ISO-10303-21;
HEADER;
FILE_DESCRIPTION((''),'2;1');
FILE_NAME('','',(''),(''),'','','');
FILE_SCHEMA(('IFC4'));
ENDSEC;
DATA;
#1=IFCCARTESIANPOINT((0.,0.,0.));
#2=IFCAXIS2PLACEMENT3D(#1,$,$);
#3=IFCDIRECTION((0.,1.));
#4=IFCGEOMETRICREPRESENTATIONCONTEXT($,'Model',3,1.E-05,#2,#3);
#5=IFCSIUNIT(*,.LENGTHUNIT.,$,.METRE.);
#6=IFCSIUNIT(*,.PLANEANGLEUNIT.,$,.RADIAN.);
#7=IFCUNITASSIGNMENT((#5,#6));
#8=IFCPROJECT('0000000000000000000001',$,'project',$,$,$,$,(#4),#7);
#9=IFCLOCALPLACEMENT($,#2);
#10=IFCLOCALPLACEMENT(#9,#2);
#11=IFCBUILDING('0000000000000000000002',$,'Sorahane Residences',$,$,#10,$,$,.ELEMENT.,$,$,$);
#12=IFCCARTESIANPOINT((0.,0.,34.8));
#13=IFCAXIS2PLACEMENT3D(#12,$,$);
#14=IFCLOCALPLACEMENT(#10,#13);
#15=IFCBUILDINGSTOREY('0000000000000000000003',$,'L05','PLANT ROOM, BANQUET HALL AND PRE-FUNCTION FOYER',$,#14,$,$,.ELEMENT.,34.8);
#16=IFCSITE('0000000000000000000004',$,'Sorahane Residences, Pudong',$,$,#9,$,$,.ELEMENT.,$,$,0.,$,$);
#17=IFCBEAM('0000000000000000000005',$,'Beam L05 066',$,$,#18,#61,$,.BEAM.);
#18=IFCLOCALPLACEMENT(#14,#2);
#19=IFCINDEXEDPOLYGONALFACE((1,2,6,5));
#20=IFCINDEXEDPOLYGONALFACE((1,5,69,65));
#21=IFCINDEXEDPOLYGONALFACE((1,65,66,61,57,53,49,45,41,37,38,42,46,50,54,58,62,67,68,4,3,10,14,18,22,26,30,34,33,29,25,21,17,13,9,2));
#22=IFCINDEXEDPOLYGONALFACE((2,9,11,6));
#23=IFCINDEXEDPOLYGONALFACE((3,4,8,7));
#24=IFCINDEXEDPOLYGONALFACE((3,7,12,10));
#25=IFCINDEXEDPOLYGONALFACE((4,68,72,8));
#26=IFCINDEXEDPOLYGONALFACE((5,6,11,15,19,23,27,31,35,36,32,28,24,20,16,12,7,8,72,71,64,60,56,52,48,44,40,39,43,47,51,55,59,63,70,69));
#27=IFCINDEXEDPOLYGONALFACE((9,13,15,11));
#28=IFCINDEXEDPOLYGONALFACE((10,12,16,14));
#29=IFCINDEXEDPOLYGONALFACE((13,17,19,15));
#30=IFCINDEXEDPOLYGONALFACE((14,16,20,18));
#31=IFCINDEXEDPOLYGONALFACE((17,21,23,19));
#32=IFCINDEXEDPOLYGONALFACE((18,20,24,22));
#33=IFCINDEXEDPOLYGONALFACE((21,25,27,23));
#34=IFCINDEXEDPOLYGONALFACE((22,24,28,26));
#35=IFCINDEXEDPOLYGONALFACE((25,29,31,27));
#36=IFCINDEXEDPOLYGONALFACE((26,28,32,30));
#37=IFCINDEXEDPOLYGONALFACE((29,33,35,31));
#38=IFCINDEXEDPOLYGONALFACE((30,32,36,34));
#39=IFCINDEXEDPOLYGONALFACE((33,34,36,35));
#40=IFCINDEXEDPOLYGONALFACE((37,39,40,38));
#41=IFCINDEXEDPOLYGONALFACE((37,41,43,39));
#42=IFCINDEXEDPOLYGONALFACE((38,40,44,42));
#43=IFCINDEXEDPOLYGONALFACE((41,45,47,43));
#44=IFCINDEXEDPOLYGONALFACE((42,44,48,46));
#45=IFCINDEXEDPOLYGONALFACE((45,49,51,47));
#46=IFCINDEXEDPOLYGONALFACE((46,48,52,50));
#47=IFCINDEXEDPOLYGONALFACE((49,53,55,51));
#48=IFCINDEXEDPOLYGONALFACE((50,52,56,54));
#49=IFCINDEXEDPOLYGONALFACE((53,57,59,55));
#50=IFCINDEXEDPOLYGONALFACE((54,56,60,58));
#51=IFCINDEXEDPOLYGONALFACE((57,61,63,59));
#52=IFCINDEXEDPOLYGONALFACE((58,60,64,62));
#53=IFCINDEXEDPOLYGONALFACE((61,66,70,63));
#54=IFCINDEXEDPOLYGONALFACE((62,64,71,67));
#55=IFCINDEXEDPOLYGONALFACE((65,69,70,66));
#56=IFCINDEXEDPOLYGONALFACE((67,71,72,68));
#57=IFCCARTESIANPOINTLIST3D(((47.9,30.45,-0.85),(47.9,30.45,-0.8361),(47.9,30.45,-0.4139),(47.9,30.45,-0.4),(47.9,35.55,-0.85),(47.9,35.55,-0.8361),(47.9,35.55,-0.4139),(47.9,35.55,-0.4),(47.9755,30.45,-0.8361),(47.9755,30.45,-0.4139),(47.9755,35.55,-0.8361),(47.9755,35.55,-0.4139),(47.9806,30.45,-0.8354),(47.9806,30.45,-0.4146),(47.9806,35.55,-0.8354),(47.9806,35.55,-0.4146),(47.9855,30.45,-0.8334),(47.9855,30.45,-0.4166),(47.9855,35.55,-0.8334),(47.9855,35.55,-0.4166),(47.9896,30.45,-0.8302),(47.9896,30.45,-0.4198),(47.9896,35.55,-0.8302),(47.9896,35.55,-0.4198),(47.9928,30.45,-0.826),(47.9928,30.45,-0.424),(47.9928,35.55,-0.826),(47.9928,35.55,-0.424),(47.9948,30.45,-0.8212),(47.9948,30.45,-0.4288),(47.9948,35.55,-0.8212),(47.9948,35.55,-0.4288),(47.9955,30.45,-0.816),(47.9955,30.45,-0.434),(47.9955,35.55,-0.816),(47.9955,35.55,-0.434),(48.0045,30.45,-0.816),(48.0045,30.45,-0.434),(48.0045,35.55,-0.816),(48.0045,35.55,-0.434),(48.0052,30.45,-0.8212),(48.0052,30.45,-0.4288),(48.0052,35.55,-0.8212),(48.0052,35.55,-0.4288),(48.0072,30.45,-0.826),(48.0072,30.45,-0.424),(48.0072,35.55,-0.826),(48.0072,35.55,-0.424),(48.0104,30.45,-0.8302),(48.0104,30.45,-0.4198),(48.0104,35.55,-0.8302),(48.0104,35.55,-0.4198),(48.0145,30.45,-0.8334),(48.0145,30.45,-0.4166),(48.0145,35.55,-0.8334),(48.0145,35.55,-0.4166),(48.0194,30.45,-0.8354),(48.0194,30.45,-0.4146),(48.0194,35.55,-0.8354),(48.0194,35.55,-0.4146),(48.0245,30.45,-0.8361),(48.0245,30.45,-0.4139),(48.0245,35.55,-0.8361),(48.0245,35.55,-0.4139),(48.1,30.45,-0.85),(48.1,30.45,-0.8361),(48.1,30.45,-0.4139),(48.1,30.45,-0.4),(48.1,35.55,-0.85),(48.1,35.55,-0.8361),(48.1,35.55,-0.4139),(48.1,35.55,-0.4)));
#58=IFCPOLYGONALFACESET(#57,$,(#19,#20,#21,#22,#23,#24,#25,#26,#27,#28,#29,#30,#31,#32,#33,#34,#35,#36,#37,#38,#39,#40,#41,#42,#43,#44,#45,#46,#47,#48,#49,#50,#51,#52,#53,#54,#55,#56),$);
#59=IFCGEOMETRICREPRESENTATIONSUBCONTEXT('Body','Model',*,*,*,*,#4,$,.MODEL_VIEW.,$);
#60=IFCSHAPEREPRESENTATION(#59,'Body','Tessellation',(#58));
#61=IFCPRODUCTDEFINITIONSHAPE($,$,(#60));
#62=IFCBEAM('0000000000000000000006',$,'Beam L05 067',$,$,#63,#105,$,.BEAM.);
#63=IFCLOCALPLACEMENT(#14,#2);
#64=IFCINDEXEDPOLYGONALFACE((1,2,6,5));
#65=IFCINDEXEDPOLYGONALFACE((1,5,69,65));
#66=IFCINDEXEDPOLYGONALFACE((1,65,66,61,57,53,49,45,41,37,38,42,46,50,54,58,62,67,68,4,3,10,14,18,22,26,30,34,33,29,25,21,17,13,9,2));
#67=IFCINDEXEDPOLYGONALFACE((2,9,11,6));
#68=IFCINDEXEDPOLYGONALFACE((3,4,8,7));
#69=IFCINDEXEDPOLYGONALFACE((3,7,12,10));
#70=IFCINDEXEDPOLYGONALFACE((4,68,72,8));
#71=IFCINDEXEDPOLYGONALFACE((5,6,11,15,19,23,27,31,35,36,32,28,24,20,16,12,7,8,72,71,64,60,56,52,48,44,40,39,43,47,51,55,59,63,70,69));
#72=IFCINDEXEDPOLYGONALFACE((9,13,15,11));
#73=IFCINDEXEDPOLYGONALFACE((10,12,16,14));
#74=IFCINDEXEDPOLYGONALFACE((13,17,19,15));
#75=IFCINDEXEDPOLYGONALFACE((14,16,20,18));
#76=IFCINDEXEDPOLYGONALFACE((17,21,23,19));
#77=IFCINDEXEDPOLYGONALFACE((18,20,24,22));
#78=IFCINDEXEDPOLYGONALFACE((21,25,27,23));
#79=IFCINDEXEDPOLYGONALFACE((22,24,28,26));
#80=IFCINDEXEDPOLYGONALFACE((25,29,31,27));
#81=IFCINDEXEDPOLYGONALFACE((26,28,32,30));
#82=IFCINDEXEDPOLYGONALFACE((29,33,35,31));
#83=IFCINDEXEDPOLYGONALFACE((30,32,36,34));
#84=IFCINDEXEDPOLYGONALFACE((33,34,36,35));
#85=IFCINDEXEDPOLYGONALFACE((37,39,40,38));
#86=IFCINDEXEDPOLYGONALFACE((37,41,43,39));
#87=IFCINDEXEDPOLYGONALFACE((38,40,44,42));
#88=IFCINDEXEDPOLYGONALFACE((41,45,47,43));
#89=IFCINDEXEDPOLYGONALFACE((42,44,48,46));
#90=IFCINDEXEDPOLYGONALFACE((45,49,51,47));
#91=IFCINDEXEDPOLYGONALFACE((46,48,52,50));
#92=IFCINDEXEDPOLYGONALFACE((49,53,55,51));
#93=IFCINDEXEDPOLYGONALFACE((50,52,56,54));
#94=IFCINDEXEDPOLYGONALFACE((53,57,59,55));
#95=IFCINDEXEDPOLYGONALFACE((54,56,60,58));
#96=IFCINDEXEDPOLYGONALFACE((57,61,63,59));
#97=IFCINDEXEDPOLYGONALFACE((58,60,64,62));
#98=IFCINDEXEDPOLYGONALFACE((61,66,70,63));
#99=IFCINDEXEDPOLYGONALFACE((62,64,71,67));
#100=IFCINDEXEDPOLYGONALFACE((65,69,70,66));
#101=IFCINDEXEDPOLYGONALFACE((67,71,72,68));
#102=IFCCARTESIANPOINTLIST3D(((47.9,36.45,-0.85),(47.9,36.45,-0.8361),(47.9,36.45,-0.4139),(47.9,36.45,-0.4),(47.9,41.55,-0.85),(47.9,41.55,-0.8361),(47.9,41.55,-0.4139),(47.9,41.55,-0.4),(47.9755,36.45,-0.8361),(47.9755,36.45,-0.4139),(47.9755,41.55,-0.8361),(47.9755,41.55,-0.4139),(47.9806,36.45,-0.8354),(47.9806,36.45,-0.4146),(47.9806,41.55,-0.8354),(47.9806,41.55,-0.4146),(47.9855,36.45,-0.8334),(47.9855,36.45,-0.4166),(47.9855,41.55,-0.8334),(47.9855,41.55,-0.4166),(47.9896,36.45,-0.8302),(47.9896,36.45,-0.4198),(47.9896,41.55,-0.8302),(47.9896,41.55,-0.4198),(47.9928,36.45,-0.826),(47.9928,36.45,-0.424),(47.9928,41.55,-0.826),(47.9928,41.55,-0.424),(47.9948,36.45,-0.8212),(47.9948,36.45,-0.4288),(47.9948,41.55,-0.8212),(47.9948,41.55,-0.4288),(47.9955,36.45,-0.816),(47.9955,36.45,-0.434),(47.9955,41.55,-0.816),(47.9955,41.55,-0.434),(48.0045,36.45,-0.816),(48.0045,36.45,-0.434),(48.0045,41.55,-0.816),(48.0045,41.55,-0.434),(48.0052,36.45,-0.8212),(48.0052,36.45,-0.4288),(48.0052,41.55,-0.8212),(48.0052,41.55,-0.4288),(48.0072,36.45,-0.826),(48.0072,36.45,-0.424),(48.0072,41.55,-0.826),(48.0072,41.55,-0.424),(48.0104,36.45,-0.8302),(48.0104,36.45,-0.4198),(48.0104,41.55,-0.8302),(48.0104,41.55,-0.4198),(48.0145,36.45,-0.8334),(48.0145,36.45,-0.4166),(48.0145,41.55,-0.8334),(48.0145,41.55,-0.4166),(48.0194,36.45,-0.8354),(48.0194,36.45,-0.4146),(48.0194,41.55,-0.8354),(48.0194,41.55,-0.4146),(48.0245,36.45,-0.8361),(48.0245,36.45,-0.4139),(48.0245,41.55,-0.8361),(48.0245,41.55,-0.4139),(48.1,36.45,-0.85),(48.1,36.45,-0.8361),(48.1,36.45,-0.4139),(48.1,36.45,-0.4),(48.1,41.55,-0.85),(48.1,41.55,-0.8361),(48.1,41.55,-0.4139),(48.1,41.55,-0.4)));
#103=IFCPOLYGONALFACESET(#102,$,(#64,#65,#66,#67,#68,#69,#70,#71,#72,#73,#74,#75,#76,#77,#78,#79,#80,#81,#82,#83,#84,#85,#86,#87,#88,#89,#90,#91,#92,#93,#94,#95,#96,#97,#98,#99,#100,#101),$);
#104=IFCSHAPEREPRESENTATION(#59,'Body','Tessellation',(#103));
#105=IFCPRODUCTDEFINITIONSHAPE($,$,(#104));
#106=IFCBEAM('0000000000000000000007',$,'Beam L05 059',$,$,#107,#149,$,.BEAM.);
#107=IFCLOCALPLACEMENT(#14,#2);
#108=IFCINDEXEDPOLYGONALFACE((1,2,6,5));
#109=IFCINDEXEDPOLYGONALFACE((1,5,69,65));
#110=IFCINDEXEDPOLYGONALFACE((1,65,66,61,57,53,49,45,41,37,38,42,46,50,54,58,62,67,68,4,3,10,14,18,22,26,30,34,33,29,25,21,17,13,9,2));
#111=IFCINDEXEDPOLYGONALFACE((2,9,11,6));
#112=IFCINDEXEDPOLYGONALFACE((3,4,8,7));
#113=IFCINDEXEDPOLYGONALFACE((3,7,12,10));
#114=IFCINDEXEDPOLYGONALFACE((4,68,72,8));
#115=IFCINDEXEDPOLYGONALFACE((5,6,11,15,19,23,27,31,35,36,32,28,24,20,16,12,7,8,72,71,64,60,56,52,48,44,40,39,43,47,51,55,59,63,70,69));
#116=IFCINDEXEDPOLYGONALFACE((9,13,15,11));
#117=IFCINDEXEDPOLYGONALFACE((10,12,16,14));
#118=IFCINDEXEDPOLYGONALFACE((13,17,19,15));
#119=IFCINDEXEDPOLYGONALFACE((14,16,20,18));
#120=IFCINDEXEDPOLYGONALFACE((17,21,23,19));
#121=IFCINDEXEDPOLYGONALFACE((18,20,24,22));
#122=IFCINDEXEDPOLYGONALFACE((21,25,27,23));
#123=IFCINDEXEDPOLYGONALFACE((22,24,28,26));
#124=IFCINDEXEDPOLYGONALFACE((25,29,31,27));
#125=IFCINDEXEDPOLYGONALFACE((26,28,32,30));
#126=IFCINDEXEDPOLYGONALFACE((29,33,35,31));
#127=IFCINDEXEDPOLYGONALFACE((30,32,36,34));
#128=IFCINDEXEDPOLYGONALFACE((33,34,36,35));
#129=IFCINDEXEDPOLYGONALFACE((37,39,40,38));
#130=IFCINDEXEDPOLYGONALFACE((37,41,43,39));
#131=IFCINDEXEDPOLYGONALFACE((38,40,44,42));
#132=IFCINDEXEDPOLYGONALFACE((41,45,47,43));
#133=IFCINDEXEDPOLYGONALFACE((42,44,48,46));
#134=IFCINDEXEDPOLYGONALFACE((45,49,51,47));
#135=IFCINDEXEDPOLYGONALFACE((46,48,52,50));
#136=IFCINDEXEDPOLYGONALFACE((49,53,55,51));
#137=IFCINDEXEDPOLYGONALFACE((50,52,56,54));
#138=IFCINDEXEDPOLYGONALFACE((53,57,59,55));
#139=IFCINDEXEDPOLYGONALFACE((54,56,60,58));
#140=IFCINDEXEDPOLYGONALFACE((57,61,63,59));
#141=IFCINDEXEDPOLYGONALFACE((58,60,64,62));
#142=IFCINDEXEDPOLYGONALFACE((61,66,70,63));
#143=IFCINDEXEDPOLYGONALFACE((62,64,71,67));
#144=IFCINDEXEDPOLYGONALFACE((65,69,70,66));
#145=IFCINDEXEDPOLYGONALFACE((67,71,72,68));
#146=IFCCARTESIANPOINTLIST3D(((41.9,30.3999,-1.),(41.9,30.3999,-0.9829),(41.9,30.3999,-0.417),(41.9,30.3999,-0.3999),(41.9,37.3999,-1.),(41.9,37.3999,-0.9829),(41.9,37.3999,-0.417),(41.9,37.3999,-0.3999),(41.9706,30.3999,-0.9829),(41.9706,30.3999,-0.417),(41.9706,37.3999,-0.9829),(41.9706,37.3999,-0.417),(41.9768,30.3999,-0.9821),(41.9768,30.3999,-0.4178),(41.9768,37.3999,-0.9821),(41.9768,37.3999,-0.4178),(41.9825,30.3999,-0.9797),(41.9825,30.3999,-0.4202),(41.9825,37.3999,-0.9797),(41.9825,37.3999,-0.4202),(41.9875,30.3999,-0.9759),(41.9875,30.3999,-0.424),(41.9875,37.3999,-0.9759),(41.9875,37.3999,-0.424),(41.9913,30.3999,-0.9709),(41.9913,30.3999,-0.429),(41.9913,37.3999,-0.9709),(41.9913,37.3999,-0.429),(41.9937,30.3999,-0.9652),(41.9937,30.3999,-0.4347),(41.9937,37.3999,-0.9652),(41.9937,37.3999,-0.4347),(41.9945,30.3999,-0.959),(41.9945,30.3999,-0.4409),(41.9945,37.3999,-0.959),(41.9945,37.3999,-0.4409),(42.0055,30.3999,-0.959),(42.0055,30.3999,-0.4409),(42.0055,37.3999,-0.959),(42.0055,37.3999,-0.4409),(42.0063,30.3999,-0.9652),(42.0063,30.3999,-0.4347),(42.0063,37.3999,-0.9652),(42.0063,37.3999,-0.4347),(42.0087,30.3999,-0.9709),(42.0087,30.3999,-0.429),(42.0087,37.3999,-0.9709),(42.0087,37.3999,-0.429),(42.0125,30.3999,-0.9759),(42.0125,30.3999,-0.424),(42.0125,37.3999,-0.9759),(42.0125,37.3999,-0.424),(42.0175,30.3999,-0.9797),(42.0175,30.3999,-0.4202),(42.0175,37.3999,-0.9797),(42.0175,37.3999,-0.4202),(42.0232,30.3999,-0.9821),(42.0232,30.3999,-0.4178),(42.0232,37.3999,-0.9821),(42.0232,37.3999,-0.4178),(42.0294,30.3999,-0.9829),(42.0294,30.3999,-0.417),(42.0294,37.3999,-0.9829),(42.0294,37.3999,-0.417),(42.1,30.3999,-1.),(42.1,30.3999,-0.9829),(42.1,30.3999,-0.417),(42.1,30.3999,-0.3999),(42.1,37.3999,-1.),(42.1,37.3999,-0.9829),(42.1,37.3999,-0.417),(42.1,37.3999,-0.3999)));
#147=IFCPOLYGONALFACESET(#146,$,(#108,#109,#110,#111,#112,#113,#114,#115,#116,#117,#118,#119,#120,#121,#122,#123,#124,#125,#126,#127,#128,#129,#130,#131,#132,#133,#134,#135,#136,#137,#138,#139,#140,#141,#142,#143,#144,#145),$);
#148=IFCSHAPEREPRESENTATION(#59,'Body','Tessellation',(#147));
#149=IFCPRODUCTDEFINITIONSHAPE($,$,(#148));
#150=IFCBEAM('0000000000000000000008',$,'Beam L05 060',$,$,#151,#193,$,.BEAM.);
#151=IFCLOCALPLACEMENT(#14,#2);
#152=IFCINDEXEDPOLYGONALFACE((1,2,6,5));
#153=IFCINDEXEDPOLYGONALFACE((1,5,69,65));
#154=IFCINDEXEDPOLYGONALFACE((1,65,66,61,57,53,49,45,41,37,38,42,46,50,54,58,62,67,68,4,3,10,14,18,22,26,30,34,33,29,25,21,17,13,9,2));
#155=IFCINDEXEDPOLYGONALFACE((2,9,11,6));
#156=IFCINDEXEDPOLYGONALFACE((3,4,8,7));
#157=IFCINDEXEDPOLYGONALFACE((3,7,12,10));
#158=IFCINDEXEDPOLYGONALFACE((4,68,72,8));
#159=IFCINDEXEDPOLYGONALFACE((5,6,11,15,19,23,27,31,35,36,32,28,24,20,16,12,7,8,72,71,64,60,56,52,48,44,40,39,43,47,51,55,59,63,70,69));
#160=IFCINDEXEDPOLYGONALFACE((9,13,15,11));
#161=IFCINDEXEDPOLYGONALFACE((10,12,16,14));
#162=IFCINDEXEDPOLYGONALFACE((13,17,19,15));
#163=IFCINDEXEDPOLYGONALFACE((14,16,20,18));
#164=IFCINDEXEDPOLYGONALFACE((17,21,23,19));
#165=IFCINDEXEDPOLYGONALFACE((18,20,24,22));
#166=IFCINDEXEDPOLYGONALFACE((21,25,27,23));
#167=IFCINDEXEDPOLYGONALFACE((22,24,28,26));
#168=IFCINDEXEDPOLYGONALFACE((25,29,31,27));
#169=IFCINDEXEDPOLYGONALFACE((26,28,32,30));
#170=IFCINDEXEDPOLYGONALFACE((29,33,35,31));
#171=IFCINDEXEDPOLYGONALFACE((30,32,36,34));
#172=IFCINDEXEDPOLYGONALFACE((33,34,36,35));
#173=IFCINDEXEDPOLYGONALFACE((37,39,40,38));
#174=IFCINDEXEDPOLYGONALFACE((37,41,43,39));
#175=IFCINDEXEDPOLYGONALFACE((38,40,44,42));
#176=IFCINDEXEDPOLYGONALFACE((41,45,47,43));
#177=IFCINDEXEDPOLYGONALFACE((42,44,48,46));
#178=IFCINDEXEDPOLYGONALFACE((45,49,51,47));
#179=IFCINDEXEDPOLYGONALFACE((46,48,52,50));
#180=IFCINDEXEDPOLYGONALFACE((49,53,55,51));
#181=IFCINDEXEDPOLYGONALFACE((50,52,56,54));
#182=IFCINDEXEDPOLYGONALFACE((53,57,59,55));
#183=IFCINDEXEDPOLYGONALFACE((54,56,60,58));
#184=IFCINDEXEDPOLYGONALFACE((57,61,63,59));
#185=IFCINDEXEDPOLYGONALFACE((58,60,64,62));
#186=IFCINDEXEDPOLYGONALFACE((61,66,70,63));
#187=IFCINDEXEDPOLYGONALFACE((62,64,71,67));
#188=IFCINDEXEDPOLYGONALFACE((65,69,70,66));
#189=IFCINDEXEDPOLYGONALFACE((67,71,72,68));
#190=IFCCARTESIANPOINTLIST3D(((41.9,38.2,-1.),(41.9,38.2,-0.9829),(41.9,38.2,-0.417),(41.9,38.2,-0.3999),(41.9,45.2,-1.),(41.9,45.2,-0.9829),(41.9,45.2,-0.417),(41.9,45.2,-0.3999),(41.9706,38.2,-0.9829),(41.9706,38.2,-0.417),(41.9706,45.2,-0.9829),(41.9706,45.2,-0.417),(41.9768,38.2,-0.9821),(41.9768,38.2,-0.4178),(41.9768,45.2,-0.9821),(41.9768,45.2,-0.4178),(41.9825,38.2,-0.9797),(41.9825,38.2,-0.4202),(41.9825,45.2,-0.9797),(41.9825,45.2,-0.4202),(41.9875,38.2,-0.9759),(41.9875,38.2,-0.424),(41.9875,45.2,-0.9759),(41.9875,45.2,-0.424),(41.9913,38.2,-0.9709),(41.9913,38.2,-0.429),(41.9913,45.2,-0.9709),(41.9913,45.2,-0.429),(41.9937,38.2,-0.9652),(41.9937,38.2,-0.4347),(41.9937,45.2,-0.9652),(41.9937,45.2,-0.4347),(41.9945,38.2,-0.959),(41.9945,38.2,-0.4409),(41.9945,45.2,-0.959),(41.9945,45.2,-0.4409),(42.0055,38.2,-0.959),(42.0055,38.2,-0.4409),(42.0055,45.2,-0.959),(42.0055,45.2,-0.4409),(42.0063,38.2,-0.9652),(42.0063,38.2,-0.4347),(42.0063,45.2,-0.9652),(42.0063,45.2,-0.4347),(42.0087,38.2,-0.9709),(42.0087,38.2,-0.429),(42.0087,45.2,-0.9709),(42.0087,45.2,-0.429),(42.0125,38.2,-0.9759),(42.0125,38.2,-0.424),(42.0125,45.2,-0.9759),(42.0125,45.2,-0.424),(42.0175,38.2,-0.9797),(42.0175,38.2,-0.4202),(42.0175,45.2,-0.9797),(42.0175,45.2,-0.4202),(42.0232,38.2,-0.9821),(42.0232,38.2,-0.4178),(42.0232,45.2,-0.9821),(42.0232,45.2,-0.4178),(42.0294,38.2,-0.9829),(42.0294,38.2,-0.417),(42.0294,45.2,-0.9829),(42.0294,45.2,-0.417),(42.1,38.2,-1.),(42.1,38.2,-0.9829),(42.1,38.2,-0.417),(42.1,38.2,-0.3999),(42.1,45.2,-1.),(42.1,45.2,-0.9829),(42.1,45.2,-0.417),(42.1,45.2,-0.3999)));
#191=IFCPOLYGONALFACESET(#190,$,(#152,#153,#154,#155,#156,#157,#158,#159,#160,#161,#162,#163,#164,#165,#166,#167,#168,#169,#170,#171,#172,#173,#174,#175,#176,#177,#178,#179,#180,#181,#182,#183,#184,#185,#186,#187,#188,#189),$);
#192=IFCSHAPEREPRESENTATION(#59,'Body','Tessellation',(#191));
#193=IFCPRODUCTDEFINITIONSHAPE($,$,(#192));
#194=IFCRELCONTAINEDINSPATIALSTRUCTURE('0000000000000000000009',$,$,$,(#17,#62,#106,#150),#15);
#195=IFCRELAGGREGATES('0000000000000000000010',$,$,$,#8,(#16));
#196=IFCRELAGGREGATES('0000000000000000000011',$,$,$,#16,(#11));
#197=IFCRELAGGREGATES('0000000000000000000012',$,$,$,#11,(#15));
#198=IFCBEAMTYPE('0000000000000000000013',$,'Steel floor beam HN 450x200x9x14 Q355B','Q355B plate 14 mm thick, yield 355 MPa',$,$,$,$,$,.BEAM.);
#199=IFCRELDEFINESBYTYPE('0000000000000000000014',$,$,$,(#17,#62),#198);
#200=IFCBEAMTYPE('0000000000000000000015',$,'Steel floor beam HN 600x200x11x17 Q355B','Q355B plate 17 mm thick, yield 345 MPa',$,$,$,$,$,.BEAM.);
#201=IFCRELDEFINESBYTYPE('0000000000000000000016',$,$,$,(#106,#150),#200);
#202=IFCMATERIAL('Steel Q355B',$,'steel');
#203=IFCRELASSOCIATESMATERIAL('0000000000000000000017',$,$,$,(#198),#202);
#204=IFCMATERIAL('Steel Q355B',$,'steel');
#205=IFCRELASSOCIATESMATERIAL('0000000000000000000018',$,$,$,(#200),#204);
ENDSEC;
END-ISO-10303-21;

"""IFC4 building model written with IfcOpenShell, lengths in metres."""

from ifc_helpers import new_model, si_unit, direction, frame, origin, origin_2d, place, context, subcontext, project, spatial, i_section, extrude, material, material_profile, profile_set, type_object, element, save


model = new_model("IFC4")

# Units and contexts
model_context = context("Model", 3, precision=1e-05, world=origin(), true_north=direction((0.0, 1.0)))
body_context = subcontext(model_context, "Body", "Model", "MODEL_VIEW")
ifc_project = project(units=[si_unit("LENGTHUNIT", "METRE"), si_unit("PLANEANGLEUNIT", "RADIAN")], contexts=[model_context])

# Site, building, storey
site_placement = place(None, origin())
site = spatial("IfcSite", under=ifc_project, at=site_placement, Name="Sorahane Residences, Pudong", CompositionType="ELEMENT", RefElevation=0.0)
building_placement = place(site_placement, origin())
building = spatial("IfcBuilding", under=site, at=building_placement, Name="Sorahane Residences", CompositionType="ELEMENT")
storey_placement = place(building_placement, frame((0.0, 0.0, 34.8)))
storey = spatial("IfcBuildingStorey", under=building, at=storey_placement, Name="L05", Description="PLANT ROOM, BANQUET HALL AND PRE-FUNCTION FOYER", CompositionType="ELEMENT", Elevation=34.8)

# Beams
ifc_material_1 = material(Name="Steel Q355B", Category="steel")
ifc_material_profile_1 = material_profile(ifc_material_1, i_section(OverallWidth=0.2, OverallDepth=0.45, WebThickness=0.009, FlangeThickness=0.0139, FilletRadius=0.02, at=origin_2d()), Name="HN 450x200x9x14")
ifc_profile_set_1 = profile_set([ifc_material_profile_1], Name="Steel Q355B")
beam_type_1 = type_object("IfcBeamType", Name="Steel floor beam HN 450x200x9x14 Q355B", Description="Q355B plate 14 mm thick, yield 355 MPa", PredefinedType="BEAM", material=ifc_profile_set_1)
for number, where, z_axis, x_axis, name in (
    (1, (48.0, 30.45, -0.625), (0.0, 1.0, 0.0), (-1.0, 0.0, 0.0), "Beam L05 066"),
    (2, (48.0, 36.45, -0.625), (0.0, 1.0, 0.0), (-1.0, 0.0, 0.0), "Beam L05 067"),
):
    element("IfcBeam", number, at=place(storey_placement, frame(where, z_axis=z_axis, x_axis=x_axis)), inside=storey, type_object=beam_type_1, Name=name, PredefinedType="BEAM", context=body_context, shape_type="SweptSolid", body=[
        extrude(i_section(OverallWidth=0.2, OverallDepth=0.45, WebThickness=0.009, FlangeThickness=0.0139, FilletRadius=0.02, at=origin_2d()), origin(), (0.0, 0.0, 1.0), 5.1001),
    ])
ifc_material_2 = material(Name="Steel Q355B", Category="steel")
ifc_material_profile_2 = material_profile(ifc_material_2, i_section(OverallWidth=0.2, OverallDepth=0.6001, WebThickness=0.011, FlangeThickness=0.0171, FilletRadius=0.0239, at=origin_2d()), Name="HN 600x200x11x17")
ifc_profile_set_2 = profile_set([ifc_material_profile_2], Name="Steel Q355B")
beam_type_2 = type_object("IfcBeamType", Name="Steel floor beam HN 600x200x11x17 Q355B", Description="Q355B plate 17 mm thick, yield 345 MPa", PredefinedType="BEAM", material=ifc_profile_set_2)
for number, where, z_axis, x_axis, name in (
    (3, (42.0, 30.3999, -0.7), (0.0, 1.0, 0.0), (-1.0, 0.0, 0.0), "Beam L05 059"),
    (4, (42.0, 38.2, -0.7), (0.0, 1.0, 0.0), (-1.0, 0.0, 0.0), "Beam L05 060"),
):
    element("IfcBeam", number, at=place(storey_placement, frame(where, z_axis=z_axis, x_axis=x_axis)), inside=storey, type_object=beam_type_2, Name=name, PredefinedType="BEAM", context=body_context, shape_type="SweptSolid", body=[
        extrude(i_section(OverallWidth=0.2, OverallDepth=0.6001, WebThickness=0.011, FlangeThickness=0.0171, FilletRadius=0.0239, at=origin_2d()), origin(), (0.0, 0.0, 1.0), 7.0),
    ])

save(model, "model.ifc")
